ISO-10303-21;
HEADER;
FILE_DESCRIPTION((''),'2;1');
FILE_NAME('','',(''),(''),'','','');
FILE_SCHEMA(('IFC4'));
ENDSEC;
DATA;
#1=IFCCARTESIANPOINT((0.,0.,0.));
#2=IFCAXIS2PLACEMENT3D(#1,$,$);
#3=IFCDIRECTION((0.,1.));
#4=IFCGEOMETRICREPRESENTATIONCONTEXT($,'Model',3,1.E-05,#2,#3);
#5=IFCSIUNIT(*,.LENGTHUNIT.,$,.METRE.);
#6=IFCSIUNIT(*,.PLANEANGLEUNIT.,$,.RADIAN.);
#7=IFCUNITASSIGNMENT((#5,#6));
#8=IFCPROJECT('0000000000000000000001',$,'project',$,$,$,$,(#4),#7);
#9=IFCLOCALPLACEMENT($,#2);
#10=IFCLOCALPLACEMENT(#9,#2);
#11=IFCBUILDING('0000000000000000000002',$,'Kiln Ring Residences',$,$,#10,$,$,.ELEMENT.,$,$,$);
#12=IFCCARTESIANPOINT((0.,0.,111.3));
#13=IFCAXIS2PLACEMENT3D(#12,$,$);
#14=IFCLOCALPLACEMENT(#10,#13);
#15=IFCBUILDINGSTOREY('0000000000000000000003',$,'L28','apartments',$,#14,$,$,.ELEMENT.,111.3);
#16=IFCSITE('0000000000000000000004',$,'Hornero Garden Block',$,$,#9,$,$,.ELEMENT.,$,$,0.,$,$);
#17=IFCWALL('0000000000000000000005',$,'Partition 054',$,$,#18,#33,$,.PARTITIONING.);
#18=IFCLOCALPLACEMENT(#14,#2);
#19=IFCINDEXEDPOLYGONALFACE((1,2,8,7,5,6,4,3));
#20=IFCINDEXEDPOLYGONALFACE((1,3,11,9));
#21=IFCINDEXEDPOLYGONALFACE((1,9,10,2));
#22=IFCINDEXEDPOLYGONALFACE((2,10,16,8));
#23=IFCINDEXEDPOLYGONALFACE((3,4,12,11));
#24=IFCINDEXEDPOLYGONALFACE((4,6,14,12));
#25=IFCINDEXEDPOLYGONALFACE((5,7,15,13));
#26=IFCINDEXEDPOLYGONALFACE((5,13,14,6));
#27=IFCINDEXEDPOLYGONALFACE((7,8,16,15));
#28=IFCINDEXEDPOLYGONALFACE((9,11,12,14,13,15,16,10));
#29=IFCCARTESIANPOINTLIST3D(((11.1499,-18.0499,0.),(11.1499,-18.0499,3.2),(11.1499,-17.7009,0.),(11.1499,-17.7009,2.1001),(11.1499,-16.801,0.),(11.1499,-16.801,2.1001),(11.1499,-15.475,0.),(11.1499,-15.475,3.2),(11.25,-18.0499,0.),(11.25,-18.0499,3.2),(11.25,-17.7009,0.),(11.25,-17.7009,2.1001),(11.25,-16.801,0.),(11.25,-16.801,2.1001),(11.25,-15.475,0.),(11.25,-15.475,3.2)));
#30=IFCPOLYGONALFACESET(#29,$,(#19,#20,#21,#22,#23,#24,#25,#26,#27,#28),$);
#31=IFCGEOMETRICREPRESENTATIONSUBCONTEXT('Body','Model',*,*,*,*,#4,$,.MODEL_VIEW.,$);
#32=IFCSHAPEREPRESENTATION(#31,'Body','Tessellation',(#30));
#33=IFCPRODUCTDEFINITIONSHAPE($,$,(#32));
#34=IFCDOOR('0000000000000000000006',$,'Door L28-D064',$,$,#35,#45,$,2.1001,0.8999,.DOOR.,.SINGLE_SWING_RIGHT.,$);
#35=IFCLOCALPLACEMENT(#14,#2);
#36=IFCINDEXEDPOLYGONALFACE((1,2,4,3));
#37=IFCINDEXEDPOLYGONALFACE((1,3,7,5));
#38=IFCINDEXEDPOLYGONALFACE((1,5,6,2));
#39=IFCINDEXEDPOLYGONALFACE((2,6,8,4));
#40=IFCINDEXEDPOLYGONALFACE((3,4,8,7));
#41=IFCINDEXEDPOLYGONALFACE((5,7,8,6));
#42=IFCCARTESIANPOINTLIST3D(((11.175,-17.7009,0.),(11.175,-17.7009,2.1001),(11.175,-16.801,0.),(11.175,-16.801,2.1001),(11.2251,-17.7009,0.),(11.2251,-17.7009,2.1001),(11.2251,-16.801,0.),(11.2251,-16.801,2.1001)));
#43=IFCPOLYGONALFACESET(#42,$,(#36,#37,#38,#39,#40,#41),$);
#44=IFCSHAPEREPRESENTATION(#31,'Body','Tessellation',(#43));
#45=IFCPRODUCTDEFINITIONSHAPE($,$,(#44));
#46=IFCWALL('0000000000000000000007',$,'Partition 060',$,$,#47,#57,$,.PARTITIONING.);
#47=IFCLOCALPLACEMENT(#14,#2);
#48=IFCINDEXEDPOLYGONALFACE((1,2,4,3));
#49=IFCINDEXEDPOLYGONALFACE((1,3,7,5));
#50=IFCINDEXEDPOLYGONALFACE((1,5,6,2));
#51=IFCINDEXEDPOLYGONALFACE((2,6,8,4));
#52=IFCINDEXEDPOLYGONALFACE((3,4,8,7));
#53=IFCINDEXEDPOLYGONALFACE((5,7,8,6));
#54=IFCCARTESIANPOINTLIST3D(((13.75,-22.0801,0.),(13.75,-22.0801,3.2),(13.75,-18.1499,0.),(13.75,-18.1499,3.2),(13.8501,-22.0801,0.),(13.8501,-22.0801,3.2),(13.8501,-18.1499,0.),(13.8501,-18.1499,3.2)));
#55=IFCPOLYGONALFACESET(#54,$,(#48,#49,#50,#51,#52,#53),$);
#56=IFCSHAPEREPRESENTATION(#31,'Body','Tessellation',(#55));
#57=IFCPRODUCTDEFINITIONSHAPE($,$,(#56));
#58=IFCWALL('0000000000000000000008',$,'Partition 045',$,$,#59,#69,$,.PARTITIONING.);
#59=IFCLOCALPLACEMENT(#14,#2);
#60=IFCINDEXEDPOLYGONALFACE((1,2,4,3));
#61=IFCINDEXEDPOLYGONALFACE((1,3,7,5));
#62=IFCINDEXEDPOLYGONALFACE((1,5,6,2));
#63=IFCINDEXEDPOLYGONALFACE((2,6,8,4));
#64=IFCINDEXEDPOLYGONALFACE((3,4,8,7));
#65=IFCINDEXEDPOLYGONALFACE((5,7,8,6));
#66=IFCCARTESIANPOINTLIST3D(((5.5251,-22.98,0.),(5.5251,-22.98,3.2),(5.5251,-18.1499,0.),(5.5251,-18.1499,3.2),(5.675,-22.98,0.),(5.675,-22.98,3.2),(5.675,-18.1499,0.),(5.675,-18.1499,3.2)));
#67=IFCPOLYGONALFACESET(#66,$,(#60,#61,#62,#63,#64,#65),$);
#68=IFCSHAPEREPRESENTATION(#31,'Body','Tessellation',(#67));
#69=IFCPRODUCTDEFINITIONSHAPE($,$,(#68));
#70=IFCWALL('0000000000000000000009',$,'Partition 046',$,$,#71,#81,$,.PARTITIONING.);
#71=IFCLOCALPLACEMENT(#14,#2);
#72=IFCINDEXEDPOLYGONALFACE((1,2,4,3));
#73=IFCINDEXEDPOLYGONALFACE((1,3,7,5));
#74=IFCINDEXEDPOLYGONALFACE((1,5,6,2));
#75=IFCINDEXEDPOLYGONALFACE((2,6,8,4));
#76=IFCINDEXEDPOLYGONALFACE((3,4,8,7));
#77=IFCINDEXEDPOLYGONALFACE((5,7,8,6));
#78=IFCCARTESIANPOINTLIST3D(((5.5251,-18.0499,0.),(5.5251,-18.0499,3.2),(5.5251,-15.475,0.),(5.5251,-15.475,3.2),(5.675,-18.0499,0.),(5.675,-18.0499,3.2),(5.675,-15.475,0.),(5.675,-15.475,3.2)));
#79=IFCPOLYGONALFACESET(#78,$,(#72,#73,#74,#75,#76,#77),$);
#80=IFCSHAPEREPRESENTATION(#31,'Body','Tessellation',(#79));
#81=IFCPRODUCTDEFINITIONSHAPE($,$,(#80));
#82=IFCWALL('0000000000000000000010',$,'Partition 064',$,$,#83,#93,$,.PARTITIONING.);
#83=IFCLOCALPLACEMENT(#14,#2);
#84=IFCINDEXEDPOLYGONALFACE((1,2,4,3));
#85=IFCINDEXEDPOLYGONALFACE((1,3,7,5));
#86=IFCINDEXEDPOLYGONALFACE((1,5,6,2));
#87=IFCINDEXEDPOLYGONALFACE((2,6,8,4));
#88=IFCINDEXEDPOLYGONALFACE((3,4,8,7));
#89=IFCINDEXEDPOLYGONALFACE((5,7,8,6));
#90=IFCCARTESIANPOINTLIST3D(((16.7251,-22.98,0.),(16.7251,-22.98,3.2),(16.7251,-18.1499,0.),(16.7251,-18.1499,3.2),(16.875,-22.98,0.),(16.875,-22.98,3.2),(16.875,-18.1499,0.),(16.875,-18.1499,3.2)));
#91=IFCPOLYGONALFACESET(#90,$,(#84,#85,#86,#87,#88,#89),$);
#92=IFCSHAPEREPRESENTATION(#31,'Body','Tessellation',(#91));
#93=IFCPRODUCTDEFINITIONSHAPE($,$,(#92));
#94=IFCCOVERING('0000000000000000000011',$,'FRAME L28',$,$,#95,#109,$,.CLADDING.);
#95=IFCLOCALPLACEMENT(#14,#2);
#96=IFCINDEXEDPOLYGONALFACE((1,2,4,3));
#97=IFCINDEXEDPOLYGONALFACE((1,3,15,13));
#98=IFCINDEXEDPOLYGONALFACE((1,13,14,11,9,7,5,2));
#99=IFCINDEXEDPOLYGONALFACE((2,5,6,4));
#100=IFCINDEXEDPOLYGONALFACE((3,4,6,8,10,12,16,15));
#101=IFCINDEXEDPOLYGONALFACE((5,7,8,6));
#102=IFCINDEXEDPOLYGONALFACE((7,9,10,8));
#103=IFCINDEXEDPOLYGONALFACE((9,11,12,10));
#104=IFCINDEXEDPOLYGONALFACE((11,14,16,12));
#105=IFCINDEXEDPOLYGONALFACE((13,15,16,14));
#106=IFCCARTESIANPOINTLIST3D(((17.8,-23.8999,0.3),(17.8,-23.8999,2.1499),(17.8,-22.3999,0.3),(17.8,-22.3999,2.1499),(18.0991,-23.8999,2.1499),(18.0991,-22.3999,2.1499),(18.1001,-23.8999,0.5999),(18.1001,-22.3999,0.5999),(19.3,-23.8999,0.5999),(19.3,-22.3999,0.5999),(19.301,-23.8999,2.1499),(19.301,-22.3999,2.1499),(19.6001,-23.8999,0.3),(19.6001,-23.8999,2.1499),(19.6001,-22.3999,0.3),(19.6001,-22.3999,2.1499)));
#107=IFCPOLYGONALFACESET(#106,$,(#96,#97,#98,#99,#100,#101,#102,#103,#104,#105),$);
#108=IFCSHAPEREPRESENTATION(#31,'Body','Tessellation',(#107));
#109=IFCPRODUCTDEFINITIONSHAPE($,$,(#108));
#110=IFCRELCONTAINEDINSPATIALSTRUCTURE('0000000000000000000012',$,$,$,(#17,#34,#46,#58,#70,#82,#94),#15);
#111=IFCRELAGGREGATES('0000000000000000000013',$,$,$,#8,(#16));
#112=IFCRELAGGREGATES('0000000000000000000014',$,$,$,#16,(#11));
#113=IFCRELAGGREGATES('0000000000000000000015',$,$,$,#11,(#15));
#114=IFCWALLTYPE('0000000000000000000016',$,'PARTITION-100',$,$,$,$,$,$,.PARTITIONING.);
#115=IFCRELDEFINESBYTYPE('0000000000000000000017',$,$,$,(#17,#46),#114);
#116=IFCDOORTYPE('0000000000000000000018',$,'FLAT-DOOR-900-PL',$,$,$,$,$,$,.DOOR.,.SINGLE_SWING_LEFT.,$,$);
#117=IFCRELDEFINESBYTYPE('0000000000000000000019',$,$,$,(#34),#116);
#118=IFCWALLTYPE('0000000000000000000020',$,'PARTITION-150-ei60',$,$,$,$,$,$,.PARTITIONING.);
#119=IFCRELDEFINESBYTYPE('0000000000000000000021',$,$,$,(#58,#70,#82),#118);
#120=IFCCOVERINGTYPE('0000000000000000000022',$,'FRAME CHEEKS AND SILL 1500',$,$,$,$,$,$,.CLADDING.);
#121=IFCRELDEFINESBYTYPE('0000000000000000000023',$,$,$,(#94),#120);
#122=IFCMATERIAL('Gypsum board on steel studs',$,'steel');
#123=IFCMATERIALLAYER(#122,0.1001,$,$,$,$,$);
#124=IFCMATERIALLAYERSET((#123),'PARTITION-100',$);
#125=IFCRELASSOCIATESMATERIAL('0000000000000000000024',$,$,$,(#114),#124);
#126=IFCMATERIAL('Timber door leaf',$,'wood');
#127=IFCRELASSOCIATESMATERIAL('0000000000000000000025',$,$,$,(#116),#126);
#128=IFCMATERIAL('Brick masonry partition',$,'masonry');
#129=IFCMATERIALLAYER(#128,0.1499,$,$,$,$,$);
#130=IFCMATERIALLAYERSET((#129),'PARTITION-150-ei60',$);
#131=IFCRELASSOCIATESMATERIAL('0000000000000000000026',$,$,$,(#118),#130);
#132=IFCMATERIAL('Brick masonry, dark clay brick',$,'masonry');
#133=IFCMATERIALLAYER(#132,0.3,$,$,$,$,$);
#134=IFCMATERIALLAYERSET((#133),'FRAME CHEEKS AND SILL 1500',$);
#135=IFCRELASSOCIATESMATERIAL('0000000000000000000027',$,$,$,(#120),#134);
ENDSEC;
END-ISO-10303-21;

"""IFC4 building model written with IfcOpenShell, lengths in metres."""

from ifc_helpers import new_model, si_unit, direction, frame, frame_2d, origin, place, context, subcontext, project, spatial, polyline, rectangle, outline, extrude, material, layer, layer_set, type_object, element, fill, save


model = new_model("IFC4")

# Units and contexts
model_context = context("Model", 3, precision=1e-05, world=origin(), true_north=direction((0.0, 1.0)))
body_context = subcontext(model_context, "Body", "Model", "MODEL_VIEW")
ifc_project = project(units=[si_unit("LENGTHUNIT", "METRE"), si_unit("PLANEANGLEUNIT", "RADIAN")], contexts=[model_context])

# Site, building, storey
site_placement = place(None, origin())
site = spatial("IfcSite", under=ifc_project, at=site_placement, Name="Hornero Garden Block", CompositionType="ELEMENT", RefElevation=0.0)
building_placement = place(site_placement, origin())
building = spatial("IfcBuilding", under=site, at=building_placement, Name="Kiln Ring Residences", CompositionType="ELEMENT")
storey_placement = place(building_placement, frame((0.0, 0.0, 111.3)))
storey = spatial("IfcBuildingStorey", under=building, at=storey_placement, Name="L28", Description="apartments", CompositionType="ELEMENT", Elevation=111.3)

# Shared definitions
ifc_material_1 = material(Name="Gypsum board on steel studs", Category="steel")
ifc_layer_1 = layer(ifc_material_1, 0.1001)
ifc_layer_set_1 = layer_set([ifc_layer_1], Name="PARTITION-100")
wall_type_1 = type_object("IfcWallType", Name="PARTITION-100", PredefinedType="PARTITIONING", material=ifc_layer_set_1)
ifc_material_2 = material(Name="Timber door leaf", Category="wood")
door_type = type_object("IfcDoorType", Name="FLAT-DOOR-900-PL", OperationType="SINGLE_SWING_LEFT", PredefinedType="DOOR", material=ifc_material_2)

# Wall, opening, door
wall_1_placement = place(storey_placement, frame((11.2, -18.05, 0.0), z_axis=(0.0, 0.0, 1.0), x_axis=(0.0, 1.0, 0.0)))
wall_1 = element("IfcWall", 1, at=wall_1_placement, inside=storey, type_object=wall_type_1, Name="Partition 054", PredefinedType="PARTITIONING", context=body_context, shape_type="SweptSolid", body=[
    extrude(rectangle(XDim=2.575, YDim=0.1001, at=frame_2d((1.2876, 0.0))), origin(), (0.0, 0.0, 1.0), 3.2),
])
opening_1_placement = place(wall_1_placement, frame((0.3491, 0.0, 0.0)))
opening_1 = element("IfcOpeningElement", 2, at=opening_1_placement, cuts=wall_1, PredefinedType="OPENING", context=body_context, shape_type="SweptSolid", body=[
    extrude(rectangle(XDim=0.8999, YDim=2.1001, at=frame_2d((0.45, 1.05))), frame((0.0, 0.0601, 0.0), z_axis=(0.0, -1.0, 0.0), x_axis=(1.0, 0.0, 0.0)), (0.0, 0.0, 1.0), 0.1201),
])
door_1_placement = place(opening_1_placement, origin())
door_1 = element("IfcDoor", 3, at=door_1_placement, inside=storey, type_object=door_type, Name="Door L28-D064", OperationType="SINGLE_SWING_RIGHT", OverallHeight=2.1001, OverallWidth=0.8999, PredefinedType="DOOR", context=body_context, shape_type="SweptSolid", body=[
    extrude(rectangle(XDim=0.8999, YDim=2.1001, at=frame_2d((0.45, 1.05))), frame((0.0, 0.0249, 0.0), z_axis=(0.0, -1.0, 0.0), x_axis=(1.0, 0.0, 0.0)), (0.0, 0.0, 1.0), 0.05),
])
fill(opening_1, door_1)

# Walls
wall_2_placement = place(storey_placement, frame((13.8, -22.0801, 0.0), z_axis=(0.0, 0.0, 1.0), x_axis=(0.0, 1.0, 0.0)))
element("IfcWall", 4, at=wall_2_placement, inside=storey, type_object=wall_type_1, Name="Partition 060", PredefinedType="PARTITIONING", context=body_context, shape_type="SweptSolid", body=[
    extrude(rectangle(XDim=3.9302, YDim=0.1001, at=frame_2d((1.9651, 0.0))), origin(), (0.0, 0.0, 1.0), 3.2),
])
ifc_material_3 = material(Name="Brick masonry partition", Category="masonry")
ifc_layer_2 = layer(ifc_material_3, 0.1499)
ifc_layer_set_2 = layer_set([ifc_layer_2], Name="PARTITION-150-ei60")
wall_type_2 = type_object("IfcWallType", Name="PARTITION-150-ei60", PredefinedType="PARTITIONING", material=ifc_layer_set_2)
wall_3_placement = place(storey_placement, frame((5.6001, -22.98, 0.0), z_axis=(0.0, 0.0, 1.0), x_axis=(0.0, 1.0, 0.0)))
element("IfcWall", 5, at=wall_3_placement, inside=storey, type_object=wall_type_2, Name="Partition 045", PredefinedType="PARTITIONING", context=body_context, shape_type="SweptSolid", body=[
    extrude(rectangle(XDim=4.8301, YDim=0.1499, at=frame_2d((2.415, 0.0))), origin(), (0.0, 0.0, 1.0), 3.2),
])
wall_4_placement = place(storey_placement, frame((5.6001, -18.05, 0.0), z_axis=(0.0, 0.0, 1.0), x_axis=(0.0, 1.0, 0.0)))
element("IfcWall", 6, at=wall_4_placement, inside=storey, type_object=wall_type_2, Name="Partition 046", PredefinedType="PARTITIONING", context=body_context, shape_type="SweptSolid", body=[
    extrude(rectangle(XDim=2.575, YDim=0.1499, at=frame_2d((1.2876, 0.0))), origin(), (0.0, 0.0, 1.0), 3.2),
])
wall_5_placement = place(storey_placement, frame((16.8, -22.98, 0.0), z_axis=(0.0, 0.0, 1.0), x_axis=(0.0, 1.0, 0.0)))
element("IfcWall", 7, at=wall_5_placement, inside=storey, type_object=wall_type_2, Name="Partition 064", PredefinedType="PARTITIONING", context=body_context, shape_type="SweptSolid", body=[
    extrude(rectangle(XDim=4.8301, YDim=0.1499, at=frame_2d((2.415, 0.0))), origin(), (0.0, 0.0, 1.0), 3.2),
])

# Covering
ifc_material_4 = material(Name="Brick masonry, dark clay brick", Category="masonry")
ifc_layer_3 = layer(ifc_material_4, 0.3)
ifc_layer_set_3 = layer_set([ifc_layer_3], Name="FRAME CHEEKS AND SILL 1500")
covering_type = type_object("IfcCoveringType", Name="FRAME CHEEKS AND SILL 1500", PredefinedType="CLADDING", material=ifc_layer_set_3)
covering_placement = place(storey_placement, frame((17.8, -23.1499, 0.3), z_axis=(0.0, 0.0, 1.0), x_axis=(1.0, 0.0, 0.0)))
element("IfcCovering", 8, at=covering_placement, inside=storey, type_object=covering_type, Name="FRAME L28", PredefinedType="CLADDING", context=body_context, shape_type="SweptSolid", body=[
    extrude(outline(polyline([(0.0, 0.0), (1.8, 0.0), (1.8, 1.8499), (1.501, 1.8499), (1.5, 0.2998), (0.3, 0.2998), (0.2991, 1.8499), (0.0, 1.8499), (0.0, 0.0)])), frame((0.0, 0.75, 0.0), z_axis=(0.0, -1.0, 0.0), x_axis=(1.0, 0.0, 0.0)), (0.0, 0.0, 1.0), 1.5),
])

save(model, "model.ifc")
